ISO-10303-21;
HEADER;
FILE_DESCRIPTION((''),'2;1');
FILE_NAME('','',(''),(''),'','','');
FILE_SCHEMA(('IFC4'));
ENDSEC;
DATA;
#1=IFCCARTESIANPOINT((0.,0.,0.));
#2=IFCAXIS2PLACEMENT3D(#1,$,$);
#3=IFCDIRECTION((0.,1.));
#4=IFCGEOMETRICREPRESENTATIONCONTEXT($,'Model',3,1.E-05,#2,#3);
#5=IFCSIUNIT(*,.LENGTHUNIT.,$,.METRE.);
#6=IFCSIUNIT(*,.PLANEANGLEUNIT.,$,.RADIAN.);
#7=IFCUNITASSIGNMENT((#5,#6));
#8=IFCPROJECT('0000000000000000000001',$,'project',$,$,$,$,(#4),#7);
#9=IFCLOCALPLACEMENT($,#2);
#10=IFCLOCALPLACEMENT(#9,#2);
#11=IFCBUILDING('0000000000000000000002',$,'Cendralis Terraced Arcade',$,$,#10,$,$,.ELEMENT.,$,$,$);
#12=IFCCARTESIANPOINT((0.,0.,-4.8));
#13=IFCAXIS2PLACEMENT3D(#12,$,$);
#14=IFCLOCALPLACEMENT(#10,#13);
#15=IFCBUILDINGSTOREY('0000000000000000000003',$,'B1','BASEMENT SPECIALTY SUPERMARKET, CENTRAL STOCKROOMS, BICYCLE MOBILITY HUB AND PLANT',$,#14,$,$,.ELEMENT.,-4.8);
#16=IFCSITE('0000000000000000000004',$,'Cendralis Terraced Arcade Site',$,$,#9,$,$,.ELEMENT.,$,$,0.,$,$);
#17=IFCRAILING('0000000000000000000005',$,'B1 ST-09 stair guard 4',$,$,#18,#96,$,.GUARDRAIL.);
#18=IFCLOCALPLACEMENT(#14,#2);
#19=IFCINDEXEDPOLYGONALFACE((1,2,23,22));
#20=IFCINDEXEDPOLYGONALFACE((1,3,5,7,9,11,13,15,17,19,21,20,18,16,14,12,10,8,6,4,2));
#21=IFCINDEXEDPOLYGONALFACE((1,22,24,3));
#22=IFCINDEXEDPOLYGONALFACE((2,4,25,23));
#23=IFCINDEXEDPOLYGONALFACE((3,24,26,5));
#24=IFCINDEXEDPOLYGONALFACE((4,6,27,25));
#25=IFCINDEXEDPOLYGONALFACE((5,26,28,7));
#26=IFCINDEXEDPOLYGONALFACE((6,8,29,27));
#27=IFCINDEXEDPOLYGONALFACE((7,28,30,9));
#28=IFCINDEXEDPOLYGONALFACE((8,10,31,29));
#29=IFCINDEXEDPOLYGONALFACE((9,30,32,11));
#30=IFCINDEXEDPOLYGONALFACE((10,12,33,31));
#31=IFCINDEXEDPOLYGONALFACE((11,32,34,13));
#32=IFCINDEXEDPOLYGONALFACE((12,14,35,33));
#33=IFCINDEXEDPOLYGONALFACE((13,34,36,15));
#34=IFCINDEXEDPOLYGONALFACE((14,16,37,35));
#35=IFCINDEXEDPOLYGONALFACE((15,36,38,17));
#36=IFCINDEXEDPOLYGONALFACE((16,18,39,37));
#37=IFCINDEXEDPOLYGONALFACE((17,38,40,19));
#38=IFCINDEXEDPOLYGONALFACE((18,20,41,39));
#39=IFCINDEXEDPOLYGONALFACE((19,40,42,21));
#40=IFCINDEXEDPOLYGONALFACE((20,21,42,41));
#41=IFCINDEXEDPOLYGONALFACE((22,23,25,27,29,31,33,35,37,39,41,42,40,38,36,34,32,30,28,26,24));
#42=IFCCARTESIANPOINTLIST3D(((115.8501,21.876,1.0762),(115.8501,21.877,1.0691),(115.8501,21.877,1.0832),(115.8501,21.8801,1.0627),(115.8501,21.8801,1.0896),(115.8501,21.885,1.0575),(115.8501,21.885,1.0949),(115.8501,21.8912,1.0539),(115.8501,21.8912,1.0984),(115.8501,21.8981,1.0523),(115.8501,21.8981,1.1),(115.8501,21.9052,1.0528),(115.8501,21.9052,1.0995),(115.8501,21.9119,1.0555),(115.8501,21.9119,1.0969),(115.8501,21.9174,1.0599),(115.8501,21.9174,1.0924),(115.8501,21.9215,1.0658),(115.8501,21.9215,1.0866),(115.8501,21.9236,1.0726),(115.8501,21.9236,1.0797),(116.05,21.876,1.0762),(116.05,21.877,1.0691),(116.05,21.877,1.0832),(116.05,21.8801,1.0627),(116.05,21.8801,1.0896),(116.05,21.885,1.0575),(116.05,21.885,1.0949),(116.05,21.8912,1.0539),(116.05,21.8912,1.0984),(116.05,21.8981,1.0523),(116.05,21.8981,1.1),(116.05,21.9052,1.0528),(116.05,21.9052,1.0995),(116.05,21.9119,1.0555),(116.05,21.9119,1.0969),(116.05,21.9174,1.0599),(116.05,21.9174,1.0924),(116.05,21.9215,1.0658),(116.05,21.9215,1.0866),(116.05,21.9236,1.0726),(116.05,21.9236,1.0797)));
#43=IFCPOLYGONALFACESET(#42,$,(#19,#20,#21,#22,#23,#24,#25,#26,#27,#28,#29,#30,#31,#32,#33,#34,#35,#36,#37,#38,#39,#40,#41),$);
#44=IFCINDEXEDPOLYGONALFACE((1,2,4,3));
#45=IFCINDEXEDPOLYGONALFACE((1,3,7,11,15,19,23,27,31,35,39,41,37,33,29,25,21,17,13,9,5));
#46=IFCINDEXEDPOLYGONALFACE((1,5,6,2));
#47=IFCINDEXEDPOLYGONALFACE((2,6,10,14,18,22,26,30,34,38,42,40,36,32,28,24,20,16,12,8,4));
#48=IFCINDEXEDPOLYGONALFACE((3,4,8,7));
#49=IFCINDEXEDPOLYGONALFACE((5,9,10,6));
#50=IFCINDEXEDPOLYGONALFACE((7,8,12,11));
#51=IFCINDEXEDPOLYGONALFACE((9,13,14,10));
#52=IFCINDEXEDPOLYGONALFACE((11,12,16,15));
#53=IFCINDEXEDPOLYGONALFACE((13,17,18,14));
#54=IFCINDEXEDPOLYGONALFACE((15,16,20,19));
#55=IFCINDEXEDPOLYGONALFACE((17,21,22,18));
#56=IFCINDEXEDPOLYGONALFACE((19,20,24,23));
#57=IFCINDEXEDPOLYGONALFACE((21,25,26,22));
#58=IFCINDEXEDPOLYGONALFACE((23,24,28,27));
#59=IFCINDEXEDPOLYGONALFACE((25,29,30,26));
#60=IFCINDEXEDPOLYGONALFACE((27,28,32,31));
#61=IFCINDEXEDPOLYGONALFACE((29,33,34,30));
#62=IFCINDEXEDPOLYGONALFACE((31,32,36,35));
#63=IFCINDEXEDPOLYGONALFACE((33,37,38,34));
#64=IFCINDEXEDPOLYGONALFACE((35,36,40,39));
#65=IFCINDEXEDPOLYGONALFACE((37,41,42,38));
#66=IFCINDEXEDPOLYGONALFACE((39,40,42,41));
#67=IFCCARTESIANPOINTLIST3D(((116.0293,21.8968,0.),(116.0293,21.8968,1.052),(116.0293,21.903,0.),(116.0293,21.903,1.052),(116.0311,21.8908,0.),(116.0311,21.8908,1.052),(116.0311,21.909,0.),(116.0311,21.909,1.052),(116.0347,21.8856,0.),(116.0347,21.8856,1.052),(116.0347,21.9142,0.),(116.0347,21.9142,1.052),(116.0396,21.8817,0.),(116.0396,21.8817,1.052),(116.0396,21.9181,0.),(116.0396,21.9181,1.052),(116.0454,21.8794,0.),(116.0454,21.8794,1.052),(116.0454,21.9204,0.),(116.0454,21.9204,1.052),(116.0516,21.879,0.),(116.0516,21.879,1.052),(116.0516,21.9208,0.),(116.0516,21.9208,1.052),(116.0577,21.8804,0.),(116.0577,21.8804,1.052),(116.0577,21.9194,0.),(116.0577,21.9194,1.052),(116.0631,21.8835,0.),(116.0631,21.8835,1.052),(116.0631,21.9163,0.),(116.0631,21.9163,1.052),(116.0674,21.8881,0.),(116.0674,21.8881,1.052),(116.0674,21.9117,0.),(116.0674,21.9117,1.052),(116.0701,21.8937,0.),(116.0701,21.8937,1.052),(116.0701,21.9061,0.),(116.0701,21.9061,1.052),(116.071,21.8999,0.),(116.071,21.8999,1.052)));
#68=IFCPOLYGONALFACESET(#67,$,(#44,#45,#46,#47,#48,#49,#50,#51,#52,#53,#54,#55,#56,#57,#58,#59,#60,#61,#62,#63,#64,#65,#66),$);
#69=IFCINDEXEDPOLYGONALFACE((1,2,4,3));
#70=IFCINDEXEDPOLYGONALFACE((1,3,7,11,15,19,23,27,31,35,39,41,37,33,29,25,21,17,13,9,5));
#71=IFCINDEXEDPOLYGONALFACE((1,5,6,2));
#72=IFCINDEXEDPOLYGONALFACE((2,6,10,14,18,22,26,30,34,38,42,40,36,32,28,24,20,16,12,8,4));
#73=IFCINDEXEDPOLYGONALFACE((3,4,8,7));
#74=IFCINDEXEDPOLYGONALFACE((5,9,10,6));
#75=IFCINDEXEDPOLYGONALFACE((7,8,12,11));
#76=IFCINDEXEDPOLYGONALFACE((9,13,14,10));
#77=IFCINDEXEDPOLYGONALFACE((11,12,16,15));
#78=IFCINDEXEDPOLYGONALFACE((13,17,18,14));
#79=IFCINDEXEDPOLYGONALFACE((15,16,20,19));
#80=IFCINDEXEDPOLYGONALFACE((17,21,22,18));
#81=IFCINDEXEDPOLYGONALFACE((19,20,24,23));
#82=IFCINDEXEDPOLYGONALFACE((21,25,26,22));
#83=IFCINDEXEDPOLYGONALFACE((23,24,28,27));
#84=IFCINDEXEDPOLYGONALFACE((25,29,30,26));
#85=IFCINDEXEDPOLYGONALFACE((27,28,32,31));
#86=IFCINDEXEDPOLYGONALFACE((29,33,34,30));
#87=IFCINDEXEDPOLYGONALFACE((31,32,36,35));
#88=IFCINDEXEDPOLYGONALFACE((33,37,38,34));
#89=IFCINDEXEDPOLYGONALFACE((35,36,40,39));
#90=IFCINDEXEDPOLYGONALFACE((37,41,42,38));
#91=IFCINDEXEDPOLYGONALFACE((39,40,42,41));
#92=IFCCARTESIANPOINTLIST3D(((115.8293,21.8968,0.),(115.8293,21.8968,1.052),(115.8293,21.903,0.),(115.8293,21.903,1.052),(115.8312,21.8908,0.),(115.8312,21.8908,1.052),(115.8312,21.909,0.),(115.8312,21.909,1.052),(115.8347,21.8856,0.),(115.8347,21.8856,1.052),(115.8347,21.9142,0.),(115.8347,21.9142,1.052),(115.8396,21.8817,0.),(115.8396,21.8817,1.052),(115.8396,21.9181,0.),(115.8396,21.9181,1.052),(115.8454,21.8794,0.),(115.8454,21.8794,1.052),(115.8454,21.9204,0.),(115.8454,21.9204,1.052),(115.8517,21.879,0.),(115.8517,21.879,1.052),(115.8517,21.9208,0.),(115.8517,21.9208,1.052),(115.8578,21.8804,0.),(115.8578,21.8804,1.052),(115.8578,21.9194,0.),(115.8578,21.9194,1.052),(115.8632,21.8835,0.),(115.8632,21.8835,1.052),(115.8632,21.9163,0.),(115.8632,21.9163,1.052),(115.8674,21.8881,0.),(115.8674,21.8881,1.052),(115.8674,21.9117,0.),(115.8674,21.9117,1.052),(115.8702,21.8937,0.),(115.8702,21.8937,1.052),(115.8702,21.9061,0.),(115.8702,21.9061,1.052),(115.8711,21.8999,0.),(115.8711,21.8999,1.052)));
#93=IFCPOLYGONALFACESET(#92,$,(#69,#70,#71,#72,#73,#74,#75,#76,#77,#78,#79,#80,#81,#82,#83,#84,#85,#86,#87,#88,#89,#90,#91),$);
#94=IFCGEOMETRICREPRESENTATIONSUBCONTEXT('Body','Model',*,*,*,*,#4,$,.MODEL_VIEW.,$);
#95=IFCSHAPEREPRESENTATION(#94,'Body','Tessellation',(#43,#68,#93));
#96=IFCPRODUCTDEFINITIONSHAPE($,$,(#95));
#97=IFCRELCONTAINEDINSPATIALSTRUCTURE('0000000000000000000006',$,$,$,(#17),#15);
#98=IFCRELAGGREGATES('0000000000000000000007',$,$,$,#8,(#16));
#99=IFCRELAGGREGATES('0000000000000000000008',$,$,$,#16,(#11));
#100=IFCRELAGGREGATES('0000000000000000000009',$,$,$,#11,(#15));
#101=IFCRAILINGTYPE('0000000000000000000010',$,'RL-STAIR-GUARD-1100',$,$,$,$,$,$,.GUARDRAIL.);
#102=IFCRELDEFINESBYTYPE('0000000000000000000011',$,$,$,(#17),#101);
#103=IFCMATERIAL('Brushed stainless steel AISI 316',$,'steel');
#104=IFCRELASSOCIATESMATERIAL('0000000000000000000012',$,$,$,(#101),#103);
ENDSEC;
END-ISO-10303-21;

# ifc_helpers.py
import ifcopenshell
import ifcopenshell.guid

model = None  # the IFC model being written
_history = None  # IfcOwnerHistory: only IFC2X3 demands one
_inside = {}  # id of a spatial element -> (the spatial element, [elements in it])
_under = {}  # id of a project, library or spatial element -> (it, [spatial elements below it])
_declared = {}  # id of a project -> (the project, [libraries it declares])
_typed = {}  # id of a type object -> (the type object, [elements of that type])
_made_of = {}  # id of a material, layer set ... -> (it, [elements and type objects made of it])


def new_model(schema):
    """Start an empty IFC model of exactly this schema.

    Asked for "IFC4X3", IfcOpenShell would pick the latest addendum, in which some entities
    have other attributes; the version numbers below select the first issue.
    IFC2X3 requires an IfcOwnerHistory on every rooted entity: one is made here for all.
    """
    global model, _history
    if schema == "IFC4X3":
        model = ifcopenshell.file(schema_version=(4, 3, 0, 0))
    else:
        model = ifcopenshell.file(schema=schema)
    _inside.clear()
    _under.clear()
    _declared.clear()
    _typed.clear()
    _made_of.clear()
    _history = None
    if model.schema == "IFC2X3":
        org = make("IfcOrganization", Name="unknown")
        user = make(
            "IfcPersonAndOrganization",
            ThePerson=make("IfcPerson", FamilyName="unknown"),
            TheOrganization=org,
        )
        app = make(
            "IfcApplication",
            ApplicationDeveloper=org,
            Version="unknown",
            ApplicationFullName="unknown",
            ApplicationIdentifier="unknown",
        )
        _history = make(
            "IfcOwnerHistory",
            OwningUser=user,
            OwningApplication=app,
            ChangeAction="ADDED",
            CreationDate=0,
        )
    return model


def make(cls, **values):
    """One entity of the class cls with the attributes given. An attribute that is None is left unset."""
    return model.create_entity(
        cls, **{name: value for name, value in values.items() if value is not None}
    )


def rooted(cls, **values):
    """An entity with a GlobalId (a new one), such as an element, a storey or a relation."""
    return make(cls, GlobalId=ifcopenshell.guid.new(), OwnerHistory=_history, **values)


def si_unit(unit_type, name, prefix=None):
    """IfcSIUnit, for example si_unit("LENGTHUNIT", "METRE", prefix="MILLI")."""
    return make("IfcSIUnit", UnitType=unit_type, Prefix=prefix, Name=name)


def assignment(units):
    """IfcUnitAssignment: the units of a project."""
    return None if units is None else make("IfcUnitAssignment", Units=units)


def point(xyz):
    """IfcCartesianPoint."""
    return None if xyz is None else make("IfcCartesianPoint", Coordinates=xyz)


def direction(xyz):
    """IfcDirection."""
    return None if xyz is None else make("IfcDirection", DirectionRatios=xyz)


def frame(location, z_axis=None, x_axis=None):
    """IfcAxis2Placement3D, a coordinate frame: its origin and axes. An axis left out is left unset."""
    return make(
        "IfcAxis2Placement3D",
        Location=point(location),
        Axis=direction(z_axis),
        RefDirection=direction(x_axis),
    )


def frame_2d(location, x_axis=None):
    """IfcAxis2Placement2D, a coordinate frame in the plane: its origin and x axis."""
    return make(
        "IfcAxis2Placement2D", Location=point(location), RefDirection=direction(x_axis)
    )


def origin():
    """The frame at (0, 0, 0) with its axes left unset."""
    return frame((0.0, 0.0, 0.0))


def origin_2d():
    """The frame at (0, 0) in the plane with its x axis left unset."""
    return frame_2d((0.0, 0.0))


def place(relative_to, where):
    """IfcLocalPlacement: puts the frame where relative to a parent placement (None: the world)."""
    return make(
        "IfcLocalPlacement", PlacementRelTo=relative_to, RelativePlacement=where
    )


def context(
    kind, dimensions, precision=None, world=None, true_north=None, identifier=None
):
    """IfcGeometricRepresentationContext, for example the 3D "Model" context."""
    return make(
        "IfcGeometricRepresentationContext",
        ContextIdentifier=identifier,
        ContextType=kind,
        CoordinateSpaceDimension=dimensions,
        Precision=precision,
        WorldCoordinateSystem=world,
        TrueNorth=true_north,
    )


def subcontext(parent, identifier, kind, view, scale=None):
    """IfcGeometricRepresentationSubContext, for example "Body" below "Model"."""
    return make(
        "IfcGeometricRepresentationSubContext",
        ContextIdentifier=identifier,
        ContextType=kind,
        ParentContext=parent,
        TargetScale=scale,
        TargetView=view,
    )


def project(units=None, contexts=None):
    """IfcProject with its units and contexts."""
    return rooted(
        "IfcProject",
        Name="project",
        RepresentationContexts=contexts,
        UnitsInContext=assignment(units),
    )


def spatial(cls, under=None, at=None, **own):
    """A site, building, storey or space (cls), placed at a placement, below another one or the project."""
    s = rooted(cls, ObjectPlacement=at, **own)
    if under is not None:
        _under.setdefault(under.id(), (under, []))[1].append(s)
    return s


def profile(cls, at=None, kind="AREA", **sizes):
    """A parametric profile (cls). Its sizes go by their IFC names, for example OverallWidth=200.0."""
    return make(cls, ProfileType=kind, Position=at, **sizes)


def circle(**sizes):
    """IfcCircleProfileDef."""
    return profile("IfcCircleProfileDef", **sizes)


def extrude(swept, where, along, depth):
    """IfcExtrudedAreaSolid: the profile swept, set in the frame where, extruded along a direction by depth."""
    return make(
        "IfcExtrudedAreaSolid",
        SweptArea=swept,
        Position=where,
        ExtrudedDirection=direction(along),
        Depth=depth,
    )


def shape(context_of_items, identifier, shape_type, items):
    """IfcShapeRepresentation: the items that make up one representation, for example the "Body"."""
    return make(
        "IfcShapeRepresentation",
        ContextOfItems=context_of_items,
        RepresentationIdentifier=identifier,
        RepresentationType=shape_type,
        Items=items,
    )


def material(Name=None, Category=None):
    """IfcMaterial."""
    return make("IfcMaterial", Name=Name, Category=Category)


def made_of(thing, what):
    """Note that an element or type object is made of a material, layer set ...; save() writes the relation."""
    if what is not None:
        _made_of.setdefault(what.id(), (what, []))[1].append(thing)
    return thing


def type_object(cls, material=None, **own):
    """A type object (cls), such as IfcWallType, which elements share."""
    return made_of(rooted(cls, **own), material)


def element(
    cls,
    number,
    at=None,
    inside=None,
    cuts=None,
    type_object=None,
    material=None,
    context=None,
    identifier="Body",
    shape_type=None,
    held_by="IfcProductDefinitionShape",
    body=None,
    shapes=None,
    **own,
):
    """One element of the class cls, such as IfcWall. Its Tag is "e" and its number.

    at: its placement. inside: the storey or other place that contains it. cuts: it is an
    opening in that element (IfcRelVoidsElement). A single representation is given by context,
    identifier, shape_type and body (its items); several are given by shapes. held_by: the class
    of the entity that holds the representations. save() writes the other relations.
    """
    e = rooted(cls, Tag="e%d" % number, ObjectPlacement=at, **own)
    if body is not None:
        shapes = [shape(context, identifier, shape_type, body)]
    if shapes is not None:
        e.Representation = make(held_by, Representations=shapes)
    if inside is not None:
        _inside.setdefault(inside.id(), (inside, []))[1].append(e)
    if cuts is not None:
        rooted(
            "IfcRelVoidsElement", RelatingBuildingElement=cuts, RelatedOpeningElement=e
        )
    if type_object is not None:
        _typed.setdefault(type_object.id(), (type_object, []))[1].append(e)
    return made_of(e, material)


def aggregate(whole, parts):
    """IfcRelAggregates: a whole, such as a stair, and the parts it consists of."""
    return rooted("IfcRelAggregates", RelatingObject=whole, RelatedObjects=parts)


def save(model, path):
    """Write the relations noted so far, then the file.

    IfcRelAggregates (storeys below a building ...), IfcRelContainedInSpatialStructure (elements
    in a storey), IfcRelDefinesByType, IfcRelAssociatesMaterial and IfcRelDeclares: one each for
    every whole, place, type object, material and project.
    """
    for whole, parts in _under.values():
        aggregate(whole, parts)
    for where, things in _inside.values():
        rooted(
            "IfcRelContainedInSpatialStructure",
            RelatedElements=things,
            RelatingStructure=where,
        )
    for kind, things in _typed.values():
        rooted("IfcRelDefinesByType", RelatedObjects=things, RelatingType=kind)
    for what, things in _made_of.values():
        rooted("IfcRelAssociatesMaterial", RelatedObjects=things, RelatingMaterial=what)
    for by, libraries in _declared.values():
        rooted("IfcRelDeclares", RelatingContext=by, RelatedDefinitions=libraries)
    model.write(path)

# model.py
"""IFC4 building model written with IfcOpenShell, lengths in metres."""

from ifc_helpers import new_model, si_unit, direction, frame, origin, origin_2d, place, context, subcontext, project, spatial, circle, extrude, material, type_object, element, save


model = new_model("IFC4")

# Units and contexts
model_context = context("Model", 3, precision=1e-05, world=origin(), true_north=direction((0.0, 1.0)))
body_context = subcontext(model_context, "Body", "Model", "MODEL_VIEW")
ifc_project = project(units=[si_unit("LENGTHUNIT", "METRE"), si_unit("PLANEANGLEUNIT", "RADIAN")], contexts=[model_context])

# Site, building, storey
site_placement = place(None, origin())
site = spatial("IfcSite", under=ifc_project, at=site_placement, Name="Cendralis Terraced Arcade Site", CompositionType="ELEMENT", RefElevation=0.0)
building_placement = place(site_placement, origin())
building = spatial("IfcBuilding", under=site, at=building_placement, Name="Cendralis Terraced Arcade", CompositionType="ELEMENT")
storey_placement = place(building_placement, frame((0.0, 0.0, -4.8)))
storey = spatial("IfcBuildingStorey", under=building, at=storey_placement, Name="B1", Description="BASEMENT SPECIALTY SUPERMARKET, CENTRAL STOCKROOMS, BICYCLE MOBILITY HUB AND PLANT", CompositionType="ELEMENT", Elevation=-4.8)

# Railing
ifc_material_1 = material(Name="Brushed stainless steel AISI 316", Category="steel")
railing_type_1 = type_object("IfcRailingType", Name="RL-STAIR-GUARD-1100", PredefinedType="GUARDRAIL", material=ifc_material_1)
railing_1_placement = place(storey_placement, frame((116.05, 21.8999, 0.0)))
element("IfcRailing", 1, at=railing_1_placement, inside=storey, type_object=railing_type_1, Name="B1 ST-09 stair guard 4", PredefinedType="GUARDRAIL", context=body_context, shape_type="SweptSolid", body=[
    extrude(circle(Radius=0.0239, at=origin_2d()), frame((0.0, 0.0, 1.0762), z_axis=(-1.0, 0.0, 0.0), x_axis=(0.0, -1.0, 0.0)), (0.0, 0.0, 1.0), 0.2),
    extrude(circle(Radius=0.021, at=origin_2d()), origin(), (0.0, 0.0, 1.0), 1.052),
    extrude(circle(Radius=0.021, at=origin_2d()), frame((-0.2, 0.0, 0.0)), (0.0, 0.0, 1.0), 1.052),
])

save(model, "model.ifc")
